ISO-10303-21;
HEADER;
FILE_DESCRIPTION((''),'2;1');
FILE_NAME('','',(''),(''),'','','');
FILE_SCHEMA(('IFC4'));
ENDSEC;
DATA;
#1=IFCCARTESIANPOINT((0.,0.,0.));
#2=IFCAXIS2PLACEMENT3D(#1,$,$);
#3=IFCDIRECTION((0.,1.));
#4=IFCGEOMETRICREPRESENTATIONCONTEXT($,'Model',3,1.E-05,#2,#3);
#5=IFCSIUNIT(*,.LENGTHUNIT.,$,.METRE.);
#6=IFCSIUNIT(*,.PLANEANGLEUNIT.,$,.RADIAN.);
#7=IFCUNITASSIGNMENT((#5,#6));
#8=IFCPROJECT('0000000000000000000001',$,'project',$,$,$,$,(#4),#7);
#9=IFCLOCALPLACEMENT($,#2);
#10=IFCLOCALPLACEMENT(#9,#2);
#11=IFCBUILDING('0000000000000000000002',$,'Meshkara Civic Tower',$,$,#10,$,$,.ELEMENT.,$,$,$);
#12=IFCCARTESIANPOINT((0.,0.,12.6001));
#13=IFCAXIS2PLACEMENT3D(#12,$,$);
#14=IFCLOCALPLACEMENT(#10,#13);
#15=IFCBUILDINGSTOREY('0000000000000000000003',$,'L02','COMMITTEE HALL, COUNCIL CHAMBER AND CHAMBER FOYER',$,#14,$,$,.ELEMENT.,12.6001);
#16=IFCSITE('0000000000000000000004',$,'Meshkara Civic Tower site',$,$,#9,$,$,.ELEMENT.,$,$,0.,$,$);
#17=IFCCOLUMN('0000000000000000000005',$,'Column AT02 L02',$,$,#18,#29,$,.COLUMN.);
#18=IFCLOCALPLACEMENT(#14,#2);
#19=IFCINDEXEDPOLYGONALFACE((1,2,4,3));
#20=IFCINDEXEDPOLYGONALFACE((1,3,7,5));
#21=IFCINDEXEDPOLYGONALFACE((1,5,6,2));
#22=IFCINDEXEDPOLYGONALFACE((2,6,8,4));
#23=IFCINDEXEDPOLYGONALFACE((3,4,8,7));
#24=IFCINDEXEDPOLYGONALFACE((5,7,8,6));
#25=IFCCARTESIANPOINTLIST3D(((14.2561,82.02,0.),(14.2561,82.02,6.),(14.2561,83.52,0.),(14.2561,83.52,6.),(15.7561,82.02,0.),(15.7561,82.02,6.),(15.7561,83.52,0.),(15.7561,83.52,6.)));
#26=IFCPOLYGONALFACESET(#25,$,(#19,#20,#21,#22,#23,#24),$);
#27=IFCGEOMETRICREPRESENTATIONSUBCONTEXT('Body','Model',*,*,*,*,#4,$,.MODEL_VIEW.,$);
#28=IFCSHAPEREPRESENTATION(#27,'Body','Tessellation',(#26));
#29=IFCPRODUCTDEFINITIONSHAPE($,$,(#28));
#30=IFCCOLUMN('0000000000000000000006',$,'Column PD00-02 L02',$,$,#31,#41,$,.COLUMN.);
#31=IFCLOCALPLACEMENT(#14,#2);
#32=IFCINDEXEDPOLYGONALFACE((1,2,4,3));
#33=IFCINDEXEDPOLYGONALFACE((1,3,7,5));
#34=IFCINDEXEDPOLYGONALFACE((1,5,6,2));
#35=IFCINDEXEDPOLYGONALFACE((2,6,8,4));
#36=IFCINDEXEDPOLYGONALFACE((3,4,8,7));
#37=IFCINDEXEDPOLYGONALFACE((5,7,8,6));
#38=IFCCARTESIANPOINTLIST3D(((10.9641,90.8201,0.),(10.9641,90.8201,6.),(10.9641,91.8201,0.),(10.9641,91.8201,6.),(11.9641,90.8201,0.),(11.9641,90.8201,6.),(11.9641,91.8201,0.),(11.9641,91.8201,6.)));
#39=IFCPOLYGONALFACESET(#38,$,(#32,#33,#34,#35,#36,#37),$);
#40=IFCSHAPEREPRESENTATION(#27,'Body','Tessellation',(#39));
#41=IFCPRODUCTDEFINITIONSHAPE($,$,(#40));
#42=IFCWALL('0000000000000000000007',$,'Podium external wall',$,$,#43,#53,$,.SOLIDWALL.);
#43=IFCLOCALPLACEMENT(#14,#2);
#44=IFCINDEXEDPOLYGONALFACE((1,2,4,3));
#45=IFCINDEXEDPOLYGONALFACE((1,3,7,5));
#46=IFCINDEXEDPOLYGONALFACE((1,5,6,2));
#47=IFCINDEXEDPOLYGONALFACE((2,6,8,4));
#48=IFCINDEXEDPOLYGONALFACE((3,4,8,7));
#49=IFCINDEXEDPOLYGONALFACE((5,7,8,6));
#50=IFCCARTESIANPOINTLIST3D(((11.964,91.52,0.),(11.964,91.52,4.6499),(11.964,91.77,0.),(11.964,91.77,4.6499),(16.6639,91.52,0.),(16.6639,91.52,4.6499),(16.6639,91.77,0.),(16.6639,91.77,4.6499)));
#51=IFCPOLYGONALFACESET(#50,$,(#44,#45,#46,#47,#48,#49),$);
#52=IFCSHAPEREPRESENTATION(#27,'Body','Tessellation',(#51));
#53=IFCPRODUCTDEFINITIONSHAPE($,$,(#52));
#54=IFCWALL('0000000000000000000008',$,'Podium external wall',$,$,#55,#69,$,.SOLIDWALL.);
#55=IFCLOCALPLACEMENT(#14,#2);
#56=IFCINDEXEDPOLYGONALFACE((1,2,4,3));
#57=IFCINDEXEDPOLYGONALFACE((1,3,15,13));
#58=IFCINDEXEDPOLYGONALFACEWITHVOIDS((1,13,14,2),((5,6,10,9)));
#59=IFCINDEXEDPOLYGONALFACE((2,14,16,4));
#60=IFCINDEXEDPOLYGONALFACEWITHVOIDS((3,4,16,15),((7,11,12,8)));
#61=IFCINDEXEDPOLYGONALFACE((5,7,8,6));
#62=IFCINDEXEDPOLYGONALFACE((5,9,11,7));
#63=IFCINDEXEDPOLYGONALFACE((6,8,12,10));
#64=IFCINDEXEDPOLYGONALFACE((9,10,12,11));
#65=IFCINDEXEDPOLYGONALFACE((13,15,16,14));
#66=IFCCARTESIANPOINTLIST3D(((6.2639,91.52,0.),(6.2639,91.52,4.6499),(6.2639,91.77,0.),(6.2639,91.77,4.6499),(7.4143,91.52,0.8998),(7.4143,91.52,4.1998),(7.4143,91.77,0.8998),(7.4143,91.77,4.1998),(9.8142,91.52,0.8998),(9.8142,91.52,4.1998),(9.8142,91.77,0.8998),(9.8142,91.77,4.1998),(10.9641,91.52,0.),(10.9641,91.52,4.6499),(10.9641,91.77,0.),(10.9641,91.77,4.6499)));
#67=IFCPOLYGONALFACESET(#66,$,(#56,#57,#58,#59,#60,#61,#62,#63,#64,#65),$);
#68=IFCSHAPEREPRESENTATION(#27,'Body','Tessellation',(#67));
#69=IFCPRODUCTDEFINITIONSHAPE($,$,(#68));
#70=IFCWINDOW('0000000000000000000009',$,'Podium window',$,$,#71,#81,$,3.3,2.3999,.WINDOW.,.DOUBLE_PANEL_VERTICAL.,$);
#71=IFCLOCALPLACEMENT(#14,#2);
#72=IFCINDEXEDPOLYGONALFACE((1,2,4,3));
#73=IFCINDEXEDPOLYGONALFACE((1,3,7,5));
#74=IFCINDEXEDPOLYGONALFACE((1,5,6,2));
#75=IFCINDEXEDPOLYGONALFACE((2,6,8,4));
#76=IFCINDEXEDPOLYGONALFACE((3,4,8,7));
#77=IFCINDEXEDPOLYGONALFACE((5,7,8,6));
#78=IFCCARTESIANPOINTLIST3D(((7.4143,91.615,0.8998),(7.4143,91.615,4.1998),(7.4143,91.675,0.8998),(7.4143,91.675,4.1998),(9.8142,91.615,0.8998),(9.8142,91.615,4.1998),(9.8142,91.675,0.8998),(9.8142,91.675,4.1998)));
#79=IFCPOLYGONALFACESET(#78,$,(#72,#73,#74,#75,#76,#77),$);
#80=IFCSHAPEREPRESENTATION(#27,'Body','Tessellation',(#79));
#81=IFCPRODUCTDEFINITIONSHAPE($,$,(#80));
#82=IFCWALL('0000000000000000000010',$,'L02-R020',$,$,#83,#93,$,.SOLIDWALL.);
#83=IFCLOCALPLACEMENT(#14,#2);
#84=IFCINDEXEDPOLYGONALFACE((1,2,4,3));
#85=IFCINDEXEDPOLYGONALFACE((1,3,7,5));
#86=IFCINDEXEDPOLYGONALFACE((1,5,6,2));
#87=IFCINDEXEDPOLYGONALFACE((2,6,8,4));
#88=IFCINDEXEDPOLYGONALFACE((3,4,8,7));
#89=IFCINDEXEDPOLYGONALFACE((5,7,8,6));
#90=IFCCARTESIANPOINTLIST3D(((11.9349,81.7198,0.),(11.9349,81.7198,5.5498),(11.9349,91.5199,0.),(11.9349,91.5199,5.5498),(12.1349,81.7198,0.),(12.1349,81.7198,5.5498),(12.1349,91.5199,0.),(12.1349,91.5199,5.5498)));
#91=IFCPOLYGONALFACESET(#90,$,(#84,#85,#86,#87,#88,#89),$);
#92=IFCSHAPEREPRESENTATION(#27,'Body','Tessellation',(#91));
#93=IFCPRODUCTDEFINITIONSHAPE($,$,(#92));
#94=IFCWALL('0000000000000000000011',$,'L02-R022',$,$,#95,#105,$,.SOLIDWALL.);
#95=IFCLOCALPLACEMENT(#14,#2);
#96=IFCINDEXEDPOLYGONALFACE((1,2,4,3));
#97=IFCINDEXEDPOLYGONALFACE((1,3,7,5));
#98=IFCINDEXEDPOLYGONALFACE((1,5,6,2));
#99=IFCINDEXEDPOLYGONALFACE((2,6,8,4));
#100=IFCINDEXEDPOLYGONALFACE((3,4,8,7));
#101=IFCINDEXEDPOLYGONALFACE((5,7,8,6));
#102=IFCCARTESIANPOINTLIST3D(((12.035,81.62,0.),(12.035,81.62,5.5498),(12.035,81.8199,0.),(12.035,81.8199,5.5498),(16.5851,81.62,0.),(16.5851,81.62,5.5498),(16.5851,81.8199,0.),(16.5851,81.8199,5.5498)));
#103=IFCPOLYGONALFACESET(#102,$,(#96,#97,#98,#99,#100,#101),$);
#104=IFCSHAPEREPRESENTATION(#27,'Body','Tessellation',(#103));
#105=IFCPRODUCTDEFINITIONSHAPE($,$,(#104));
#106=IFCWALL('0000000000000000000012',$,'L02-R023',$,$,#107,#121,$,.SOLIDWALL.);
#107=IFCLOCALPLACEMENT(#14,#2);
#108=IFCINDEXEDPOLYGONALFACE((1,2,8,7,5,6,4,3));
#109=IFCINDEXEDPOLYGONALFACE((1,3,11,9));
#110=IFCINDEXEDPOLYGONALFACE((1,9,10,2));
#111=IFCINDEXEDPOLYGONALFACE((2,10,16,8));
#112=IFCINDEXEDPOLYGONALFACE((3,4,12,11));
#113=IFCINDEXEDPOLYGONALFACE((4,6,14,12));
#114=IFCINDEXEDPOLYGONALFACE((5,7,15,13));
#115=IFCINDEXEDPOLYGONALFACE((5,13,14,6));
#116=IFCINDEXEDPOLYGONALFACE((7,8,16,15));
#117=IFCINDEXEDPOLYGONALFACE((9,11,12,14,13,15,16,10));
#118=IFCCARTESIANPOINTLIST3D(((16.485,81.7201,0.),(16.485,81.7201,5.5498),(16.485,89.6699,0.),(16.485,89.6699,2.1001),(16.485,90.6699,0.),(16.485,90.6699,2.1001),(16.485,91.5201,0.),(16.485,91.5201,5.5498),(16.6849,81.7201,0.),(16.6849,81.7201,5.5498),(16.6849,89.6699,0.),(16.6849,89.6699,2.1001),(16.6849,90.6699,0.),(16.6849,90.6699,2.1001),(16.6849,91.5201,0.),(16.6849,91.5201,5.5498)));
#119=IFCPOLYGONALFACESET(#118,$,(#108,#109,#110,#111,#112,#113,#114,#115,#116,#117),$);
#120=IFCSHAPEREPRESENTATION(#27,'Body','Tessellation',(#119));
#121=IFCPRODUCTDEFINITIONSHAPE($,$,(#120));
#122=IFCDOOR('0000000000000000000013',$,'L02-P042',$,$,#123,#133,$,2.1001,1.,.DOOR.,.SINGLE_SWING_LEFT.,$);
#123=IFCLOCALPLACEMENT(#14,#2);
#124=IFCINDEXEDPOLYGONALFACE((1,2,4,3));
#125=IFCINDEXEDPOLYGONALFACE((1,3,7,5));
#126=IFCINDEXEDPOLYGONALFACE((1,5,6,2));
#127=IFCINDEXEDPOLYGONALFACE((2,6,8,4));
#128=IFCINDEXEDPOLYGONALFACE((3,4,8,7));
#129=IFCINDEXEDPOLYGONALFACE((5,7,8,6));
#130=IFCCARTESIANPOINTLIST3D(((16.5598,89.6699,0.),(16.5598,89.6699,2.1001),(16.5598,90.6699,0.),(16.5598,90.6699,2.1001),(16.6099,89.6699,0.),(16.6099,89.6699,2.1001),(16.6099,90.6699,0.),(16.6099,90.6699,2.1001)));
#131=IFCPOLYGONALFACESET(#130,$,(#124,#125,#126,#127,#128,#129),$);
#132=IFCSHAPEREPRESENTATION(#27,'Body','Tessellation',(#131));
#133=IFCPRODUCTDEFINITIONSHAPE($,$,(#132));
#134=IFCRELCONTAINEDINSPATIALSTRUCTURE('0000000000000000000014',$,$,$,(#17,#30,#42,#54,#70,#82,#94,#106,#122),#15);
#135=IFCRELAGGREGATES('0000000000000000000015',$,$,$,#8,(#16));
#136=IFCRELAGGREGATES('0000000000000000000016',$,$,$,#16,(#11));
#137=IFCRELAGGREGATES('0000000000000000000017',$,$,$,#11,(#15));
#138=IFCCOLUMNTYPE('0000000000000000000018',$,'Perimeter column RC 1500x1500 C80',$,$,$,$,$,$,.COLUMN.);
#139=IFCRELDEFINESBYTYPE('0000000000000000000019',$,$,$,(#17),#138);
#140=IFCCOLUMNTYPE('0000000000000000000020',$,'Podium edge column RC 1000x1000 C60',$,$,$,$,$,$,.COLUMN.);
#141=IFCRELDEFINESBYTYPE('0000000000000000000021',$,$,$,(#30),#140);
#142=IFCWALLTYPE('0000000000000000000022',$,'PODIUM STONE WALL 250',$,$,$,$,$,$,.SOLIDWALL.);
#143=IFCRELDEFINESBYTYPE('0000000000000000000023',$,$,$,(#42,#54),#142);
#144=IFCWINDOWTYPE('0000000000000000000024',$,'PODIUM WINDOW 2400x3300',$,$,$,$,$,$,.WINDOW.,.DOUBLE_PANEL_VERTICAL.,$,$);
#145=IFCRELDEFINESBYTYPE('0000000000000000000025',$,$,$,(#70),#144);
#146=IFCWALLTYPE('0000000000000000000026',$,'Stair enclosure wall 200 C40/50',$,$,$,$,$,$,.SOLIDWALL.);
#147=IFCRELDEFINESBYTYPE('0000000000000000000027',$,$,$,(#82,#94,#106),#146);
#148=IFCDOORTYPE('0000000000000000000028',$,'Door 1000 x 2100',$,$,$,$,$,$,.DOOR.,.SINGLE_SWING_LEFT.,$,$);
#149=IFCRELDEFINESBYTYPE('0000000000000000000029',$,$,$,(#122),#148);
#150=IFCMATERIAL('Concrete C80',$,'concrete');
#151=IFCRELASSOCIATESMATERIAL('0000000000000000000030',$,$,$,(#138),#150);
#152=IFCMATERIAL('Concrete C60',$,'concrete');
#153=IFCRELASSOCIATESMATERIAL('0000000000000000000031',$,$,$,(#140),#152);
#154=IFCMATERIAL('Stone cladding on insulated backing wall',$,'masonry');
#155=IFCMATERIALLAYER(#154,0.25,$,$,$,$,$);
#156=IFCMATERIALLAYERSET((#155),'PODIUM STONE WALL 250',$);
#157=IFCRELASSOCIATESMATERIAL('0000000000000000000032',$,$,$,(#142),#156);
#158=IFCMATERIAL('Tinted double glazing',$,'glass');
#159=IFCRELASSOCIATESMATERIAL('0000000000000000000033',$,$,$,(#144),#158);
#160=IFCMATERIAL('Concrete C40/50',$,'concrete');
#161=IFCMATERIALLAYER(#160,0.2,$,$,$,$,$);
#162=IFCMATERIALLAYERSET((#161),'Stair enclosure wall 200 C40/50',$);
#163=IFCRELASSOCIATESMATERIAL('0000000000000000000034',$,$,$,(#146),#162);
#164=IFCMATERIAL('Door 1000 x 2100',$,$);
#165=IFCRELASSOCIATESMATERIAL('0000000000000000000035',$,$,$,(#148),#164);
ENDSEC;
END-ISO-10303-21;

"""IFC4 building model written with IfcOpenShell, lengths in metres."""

from ifc_helpers import new_model, si_unit, direction, frame, frame_2d, origin, origin_2d, place, context, subcontext, project, spatial, rectangle, extrude, material, layer, layer_set, material_profile, profile_set, type_object, element, fill, save


model = new_model("IFC4")

# Units and contexts
model_context = context("Model", 3, precision=1e-05, world=origin(), true_north=direction((0.0, 1.0)))
body_context = subcontext(model_context, "Body", "Model", "MODEL_VIEW")
ifc_project = project(units=[si_unit("LENGTHUNIT", "METRE"), si_unit("PLANEANGLEUNIT", "RADIAN")], contexts=[model_context])

# Site, building, storey
site_placement = place(None, origin())
site = spatial("IfcSite", under=ifc_project, at=site_placement, Name="Meshkara Civic Tower site", CompositionType="ELEMENT", RefElevation=0.0)
building_placement = place(site_placement, origin())
building = spatial("IfcBuilding", under=site, at=building_placement, Name="Meshkara Civic Tower", CompositionType="ELEMENT")
storey_placement = place(building_placement, frame((0.0, 0.0, 12.6001)))
storey = spatial("IfcBuildingStorey", under=building, at=storey_placement, Name="L02", Description="COMMITTEE HALL, COUNCIL CHAMBER AND CHAMBER FOYER", CompositionType="ELEMENT", Elevation=12.6001)

# Columns
ifc_material_1 = material(Name="Concrete C80", Category="concrete")
ifc_material_profile_1 = material_profile(ifc_material_1, rectangle(XDim=1.5, YDim=1.5, at=origin_2d()))
ifc_profile_set_1 = profile_set([ifc_material_profile_1], Name="Concrete C80")
column_type_1 = type_object("IfcColumnType", Name="Perimeter column RC 1500x1500 C80", PredefinedType="COLUMN", material=ifc_profile_set_1)
column_1_placement = place(storey_placement, frame((15.0061, 82.77, 0.0), z_axis=(0.0, 0.0, 1.0), x_axis=(1.0, 0.0, 0.0)))
element("IfcColumn", 1, at=column_1_placement, inside=storey, type_object=column_type_1, Name="Column AT02 L02", PredefinedType="COLUMN", context=body_context, shape_type="SweptSolid", body=[
    extrude(rectangle(XDim=1.5, YDim=1.5, at=origin_2d()), origin(), (0.0, 0.0, 1.0), 6.0),
])
ifc_material_2 = material(Name="Concrete C60", Category="concrete")
ifc_material_profile_2 = material_profile(ifc_material_2, rectangle(XDim=1.0, YDim=1.0, at=origin_2d()))
ifc_profile_set_2 = profile_set([ifc_material_profile_2], Name="Concrete C60")
column_type_2 = type_object("IfcColumnType", Name="Podium edge column RC 1000x1000 C60", PredefinedType="COLUMN", material=ifc_profile_set_2)
column_2_placement = place(storey_placement, frame((11.4641, 91.3201, 0.0), z_axis=(0.0, 0.0, 1.0), x_axis=(1.0, 0.0, 0.0)))
element("IfcColumn", 2, at=column_2_placement, inside=storey, type_object=column_type_2, Name="Column PD00-02 L02", PredefinedType="COLUMN", context=body_context, shape_type="SweptSolid", body=[
    extrude(rectangle(XDim=1.0, YDim=1.0, at=origin_2d()), origin(), (0.0, 0.0, 1.0), 6.0),
])

# Wall
ifc_material_3 = material(Name="Stone cladding on insulated backing wall", Category="masonry")
ifc_layer_1 = layer(ifc_material_3, 0.25)
ifc_layer_set_1 = layer_set([ifc_layer_1], Name="PODIUM STONE WALL 250")
wall_type_1 = type_object("IfcWallType", Name="PODIUM STONE WALL 250", PredefinedType="SOLIDWALL", material=ifc_layer_set_1)
wall_1_placement = place(storey_placement, frame((16.6641, 91.645, 0.0), z_axis=(0.0, 0.0, 1.0), x_axis=(-1.0, 0.0, 0.0)))
element("IfcWall", 3, at=wall_1_placement, inside=storey, type_object=wall_type_1, Name="Podium external wall", PredefinedType="SOLIDWALL", context=body_context, shape_type="SweptSolid", body=[
    extrude(rectangle(XDim=4.7, YDim=0.25, at=frame_2d((2.3501, 0.0))), origin(), (0.0, 0.0, 1.0), 4.6499),
])

# Wall, opening, window
wall_2_placement = place(storey_placement, frame((10.9641, 91.645, 0.0), z_axis=(0.0, 0.0, 1.0), x_axis=(-1.0, 0.0, 0.0)))
wall_2 = element("IfcWall", 4, at=wall_2_placement, inside=storey, type_object=wall_type_1, Name="Podium external wall", PredefinedType="SOLIDWALL", context=body_context, shape_type="SweptSolid", body=[
    extrude(rectangle(XDim=4.7002, YDim=0.25, at=frame_2d((2.3501, 0.0))), origin(), (0.0, 0.0, 1.0), 4.6499),
])
opening_1_placement = place(wall_2_placement, frame((1.1499, 0.0, 0.8999)))
opening_1 = element("IfcOpeningElement", 5, at=opening_1_placement, cuts=wall_2, PredefinedType="OPENING", context=body_context, shape_type="SweptSolid", body=[
    extrude(rectangle(XDim=2.3999, YDim=3.3, at=frame_2d((1.2, 1.6499))), frame((0.0, 0.135, 0.0), z_axis=(0.0, -1.0, 0.0), x_axis=(1.0, 0.0, 0.0)), (0.0, 0.0, 1.0), 0.27),
])
ifc_material_4 = material(Name="Tinted double glazing", Category="glass")
window_type = type_object("IfcWindowType", Name="PODIUM WINDOW 2400x3300", PartitioningType="DOUBLE_PANEL_VERTICAL", PredefinedType="WINDOW", material=ifc_material_4)
window_placement = place(opening_1_placement, origin())
window = element("IfcWindow", 6, at=window_placement, inside=storey, type_object=window_type, Name="Podium window", OverallHeight=3.3, OverallWidth=2.3999, PartitioningType="DOUBLE_PANEL_VERTICAL", PredefinedType="WINDOW", context=body_context, shape_type="SweptSolid", body=[
    extrude(rectangle(XDim=2.3999, YDim=3.3, at=frame_2d((1.2, 1.6499))), frame((0.0, 0.03, 0.0), z_axis=(0.0, -1.0, 0.0), x_axis=(1.0, 0.0, 0.0)), (0.0, 0.0, 1.0), 0.0601),
])
fill(opening_1, window)

# Walls
ifc_material_5 = material(Name="Concrete C40/50", Category="concrete")
ifc_layer_2 = layer(ifc_material_5, 0.2)
ifc_layer_set_2 = layer_set([ifc_layer_2], Name="Stair enclosure wall 200 C40/50")
wall_type_2 = type_object("IfcWallType", Name="Stair enclosure wall 200 C40/50", PredefinedType="SOLIDWALL", material=ifc_layer_set_2)
wall_3_placement = place(storey_placement, frame((12.0349, 81.72, 0.0), z_axis=(0.0, 0.0, 1.0), x_axis=(0.0, 1.0, 0.0)))
element("IfcWall", 7, at=wall_3_placement, inside=storey, type_object=wall_type_2, Name="L02-R020", PredefinedType="SOLIDWALL", context=body_context, shape_type="SweptSolid", body=[
    extrude(rectangle(XDim=9.8, YDim=0.2, at=frame_2d((4.8999, 0.0))), origin(), (0.0, 0.0, 1.0), 5.5498),
])
wall_4_placement = place(storey_placement, frame((16.585, 81.72, 0.0), z_axis=(0.0, 0.0, 1.0), x_axis=(-1.0, 0.0, 0.0)))
element("IfcWall", 8, at=wall_4_placement, inside=storey, type_object=wall_type_2, Name="L02-R022", PredefinedType="SOLIDWALL", context=body_context, shape_type="SweptSolid", body=[
    extrude(rectangle(XDim=4.55, YDim=0.2, at=frame_2d((2.2749, 0.0))), origin(), (0.0, 0.0, 1.0), 5.5498),
])

# Wall, opening, door
wall_5_placement = place(storey_placement, frame((16.585, 91.52, 0.0), z_axis=(0.0, 0.0, 1.0), x_axis=(0.0, -1.0, 0.0)))
wall_5 = element("IfcWall", 9, at=wall_5_placement, inside=storey, type_object=wall_type_2, Name="L02-R023", PredefinedType="SOLIDWALL", context=body_context, shape_type="SweptSolid", body=[
    extrude(rectangle(XDim=9.8, YDim=0.2, at=frame_2d((4.8999, 0.0))), origin(), (0.0, 0.0, 1.0), 5.5498),
])
opening_2_placement = place(wall_5_placement, frame((0.8501, 0.0, 0.0)))
opening_2 = element("IfcOpeningElement", 10, at=opening_2_placement, cuts=wall_5, PredefinedType="OPENING", context=body_context, shape_type="SweptSolid", body=[
    extrude(rectangle(XDim=1.0, YDim=2.1001, at=frame_2d((0.5, 1.05))), frame((0.0, 0.1099, 0.0), z_axis=(0.0, -1.0, 0.0), x_axis=(1.0, 0.0, 0.0)), (0.0, 0.0, 1.0), 0.22),
])
ifc_material_6 = material(Name="Door 1000 x 2100")
door_type = type_object("IfcDoorType", Name="Door 1000 x 2100", OperationType="SINGLE_SWING_LEFT", PredefinedType="DOOR", material=ifc_material_6)
door_placement = place(opening_2_placement, origin())
door = element("IfcDoor", 11, at=door_placement, inside=storey, type_object=door_type, Name="L02-P042", OperationType="SINGLE_SWING_LEFT", OverallHeight=2.1001, OverallWidth=1.0, PredefinedType="DOOR", context=body_context, shape_type="SweptSolid", body=[
    extrude(rectangle(XDim=1.0, YDim=2.1001, at=frame_2d((0.5, 1.05))), frame((0.0, 0.0249, 0.0), z_axis=(0.0, -1.0, 0.0), x_axis=(1.0, 0.0, 0.0)), (0.0, 0.0, 1.0), 0.05),
])
fill(opening_2, door)

save(model, "model.ifc")
